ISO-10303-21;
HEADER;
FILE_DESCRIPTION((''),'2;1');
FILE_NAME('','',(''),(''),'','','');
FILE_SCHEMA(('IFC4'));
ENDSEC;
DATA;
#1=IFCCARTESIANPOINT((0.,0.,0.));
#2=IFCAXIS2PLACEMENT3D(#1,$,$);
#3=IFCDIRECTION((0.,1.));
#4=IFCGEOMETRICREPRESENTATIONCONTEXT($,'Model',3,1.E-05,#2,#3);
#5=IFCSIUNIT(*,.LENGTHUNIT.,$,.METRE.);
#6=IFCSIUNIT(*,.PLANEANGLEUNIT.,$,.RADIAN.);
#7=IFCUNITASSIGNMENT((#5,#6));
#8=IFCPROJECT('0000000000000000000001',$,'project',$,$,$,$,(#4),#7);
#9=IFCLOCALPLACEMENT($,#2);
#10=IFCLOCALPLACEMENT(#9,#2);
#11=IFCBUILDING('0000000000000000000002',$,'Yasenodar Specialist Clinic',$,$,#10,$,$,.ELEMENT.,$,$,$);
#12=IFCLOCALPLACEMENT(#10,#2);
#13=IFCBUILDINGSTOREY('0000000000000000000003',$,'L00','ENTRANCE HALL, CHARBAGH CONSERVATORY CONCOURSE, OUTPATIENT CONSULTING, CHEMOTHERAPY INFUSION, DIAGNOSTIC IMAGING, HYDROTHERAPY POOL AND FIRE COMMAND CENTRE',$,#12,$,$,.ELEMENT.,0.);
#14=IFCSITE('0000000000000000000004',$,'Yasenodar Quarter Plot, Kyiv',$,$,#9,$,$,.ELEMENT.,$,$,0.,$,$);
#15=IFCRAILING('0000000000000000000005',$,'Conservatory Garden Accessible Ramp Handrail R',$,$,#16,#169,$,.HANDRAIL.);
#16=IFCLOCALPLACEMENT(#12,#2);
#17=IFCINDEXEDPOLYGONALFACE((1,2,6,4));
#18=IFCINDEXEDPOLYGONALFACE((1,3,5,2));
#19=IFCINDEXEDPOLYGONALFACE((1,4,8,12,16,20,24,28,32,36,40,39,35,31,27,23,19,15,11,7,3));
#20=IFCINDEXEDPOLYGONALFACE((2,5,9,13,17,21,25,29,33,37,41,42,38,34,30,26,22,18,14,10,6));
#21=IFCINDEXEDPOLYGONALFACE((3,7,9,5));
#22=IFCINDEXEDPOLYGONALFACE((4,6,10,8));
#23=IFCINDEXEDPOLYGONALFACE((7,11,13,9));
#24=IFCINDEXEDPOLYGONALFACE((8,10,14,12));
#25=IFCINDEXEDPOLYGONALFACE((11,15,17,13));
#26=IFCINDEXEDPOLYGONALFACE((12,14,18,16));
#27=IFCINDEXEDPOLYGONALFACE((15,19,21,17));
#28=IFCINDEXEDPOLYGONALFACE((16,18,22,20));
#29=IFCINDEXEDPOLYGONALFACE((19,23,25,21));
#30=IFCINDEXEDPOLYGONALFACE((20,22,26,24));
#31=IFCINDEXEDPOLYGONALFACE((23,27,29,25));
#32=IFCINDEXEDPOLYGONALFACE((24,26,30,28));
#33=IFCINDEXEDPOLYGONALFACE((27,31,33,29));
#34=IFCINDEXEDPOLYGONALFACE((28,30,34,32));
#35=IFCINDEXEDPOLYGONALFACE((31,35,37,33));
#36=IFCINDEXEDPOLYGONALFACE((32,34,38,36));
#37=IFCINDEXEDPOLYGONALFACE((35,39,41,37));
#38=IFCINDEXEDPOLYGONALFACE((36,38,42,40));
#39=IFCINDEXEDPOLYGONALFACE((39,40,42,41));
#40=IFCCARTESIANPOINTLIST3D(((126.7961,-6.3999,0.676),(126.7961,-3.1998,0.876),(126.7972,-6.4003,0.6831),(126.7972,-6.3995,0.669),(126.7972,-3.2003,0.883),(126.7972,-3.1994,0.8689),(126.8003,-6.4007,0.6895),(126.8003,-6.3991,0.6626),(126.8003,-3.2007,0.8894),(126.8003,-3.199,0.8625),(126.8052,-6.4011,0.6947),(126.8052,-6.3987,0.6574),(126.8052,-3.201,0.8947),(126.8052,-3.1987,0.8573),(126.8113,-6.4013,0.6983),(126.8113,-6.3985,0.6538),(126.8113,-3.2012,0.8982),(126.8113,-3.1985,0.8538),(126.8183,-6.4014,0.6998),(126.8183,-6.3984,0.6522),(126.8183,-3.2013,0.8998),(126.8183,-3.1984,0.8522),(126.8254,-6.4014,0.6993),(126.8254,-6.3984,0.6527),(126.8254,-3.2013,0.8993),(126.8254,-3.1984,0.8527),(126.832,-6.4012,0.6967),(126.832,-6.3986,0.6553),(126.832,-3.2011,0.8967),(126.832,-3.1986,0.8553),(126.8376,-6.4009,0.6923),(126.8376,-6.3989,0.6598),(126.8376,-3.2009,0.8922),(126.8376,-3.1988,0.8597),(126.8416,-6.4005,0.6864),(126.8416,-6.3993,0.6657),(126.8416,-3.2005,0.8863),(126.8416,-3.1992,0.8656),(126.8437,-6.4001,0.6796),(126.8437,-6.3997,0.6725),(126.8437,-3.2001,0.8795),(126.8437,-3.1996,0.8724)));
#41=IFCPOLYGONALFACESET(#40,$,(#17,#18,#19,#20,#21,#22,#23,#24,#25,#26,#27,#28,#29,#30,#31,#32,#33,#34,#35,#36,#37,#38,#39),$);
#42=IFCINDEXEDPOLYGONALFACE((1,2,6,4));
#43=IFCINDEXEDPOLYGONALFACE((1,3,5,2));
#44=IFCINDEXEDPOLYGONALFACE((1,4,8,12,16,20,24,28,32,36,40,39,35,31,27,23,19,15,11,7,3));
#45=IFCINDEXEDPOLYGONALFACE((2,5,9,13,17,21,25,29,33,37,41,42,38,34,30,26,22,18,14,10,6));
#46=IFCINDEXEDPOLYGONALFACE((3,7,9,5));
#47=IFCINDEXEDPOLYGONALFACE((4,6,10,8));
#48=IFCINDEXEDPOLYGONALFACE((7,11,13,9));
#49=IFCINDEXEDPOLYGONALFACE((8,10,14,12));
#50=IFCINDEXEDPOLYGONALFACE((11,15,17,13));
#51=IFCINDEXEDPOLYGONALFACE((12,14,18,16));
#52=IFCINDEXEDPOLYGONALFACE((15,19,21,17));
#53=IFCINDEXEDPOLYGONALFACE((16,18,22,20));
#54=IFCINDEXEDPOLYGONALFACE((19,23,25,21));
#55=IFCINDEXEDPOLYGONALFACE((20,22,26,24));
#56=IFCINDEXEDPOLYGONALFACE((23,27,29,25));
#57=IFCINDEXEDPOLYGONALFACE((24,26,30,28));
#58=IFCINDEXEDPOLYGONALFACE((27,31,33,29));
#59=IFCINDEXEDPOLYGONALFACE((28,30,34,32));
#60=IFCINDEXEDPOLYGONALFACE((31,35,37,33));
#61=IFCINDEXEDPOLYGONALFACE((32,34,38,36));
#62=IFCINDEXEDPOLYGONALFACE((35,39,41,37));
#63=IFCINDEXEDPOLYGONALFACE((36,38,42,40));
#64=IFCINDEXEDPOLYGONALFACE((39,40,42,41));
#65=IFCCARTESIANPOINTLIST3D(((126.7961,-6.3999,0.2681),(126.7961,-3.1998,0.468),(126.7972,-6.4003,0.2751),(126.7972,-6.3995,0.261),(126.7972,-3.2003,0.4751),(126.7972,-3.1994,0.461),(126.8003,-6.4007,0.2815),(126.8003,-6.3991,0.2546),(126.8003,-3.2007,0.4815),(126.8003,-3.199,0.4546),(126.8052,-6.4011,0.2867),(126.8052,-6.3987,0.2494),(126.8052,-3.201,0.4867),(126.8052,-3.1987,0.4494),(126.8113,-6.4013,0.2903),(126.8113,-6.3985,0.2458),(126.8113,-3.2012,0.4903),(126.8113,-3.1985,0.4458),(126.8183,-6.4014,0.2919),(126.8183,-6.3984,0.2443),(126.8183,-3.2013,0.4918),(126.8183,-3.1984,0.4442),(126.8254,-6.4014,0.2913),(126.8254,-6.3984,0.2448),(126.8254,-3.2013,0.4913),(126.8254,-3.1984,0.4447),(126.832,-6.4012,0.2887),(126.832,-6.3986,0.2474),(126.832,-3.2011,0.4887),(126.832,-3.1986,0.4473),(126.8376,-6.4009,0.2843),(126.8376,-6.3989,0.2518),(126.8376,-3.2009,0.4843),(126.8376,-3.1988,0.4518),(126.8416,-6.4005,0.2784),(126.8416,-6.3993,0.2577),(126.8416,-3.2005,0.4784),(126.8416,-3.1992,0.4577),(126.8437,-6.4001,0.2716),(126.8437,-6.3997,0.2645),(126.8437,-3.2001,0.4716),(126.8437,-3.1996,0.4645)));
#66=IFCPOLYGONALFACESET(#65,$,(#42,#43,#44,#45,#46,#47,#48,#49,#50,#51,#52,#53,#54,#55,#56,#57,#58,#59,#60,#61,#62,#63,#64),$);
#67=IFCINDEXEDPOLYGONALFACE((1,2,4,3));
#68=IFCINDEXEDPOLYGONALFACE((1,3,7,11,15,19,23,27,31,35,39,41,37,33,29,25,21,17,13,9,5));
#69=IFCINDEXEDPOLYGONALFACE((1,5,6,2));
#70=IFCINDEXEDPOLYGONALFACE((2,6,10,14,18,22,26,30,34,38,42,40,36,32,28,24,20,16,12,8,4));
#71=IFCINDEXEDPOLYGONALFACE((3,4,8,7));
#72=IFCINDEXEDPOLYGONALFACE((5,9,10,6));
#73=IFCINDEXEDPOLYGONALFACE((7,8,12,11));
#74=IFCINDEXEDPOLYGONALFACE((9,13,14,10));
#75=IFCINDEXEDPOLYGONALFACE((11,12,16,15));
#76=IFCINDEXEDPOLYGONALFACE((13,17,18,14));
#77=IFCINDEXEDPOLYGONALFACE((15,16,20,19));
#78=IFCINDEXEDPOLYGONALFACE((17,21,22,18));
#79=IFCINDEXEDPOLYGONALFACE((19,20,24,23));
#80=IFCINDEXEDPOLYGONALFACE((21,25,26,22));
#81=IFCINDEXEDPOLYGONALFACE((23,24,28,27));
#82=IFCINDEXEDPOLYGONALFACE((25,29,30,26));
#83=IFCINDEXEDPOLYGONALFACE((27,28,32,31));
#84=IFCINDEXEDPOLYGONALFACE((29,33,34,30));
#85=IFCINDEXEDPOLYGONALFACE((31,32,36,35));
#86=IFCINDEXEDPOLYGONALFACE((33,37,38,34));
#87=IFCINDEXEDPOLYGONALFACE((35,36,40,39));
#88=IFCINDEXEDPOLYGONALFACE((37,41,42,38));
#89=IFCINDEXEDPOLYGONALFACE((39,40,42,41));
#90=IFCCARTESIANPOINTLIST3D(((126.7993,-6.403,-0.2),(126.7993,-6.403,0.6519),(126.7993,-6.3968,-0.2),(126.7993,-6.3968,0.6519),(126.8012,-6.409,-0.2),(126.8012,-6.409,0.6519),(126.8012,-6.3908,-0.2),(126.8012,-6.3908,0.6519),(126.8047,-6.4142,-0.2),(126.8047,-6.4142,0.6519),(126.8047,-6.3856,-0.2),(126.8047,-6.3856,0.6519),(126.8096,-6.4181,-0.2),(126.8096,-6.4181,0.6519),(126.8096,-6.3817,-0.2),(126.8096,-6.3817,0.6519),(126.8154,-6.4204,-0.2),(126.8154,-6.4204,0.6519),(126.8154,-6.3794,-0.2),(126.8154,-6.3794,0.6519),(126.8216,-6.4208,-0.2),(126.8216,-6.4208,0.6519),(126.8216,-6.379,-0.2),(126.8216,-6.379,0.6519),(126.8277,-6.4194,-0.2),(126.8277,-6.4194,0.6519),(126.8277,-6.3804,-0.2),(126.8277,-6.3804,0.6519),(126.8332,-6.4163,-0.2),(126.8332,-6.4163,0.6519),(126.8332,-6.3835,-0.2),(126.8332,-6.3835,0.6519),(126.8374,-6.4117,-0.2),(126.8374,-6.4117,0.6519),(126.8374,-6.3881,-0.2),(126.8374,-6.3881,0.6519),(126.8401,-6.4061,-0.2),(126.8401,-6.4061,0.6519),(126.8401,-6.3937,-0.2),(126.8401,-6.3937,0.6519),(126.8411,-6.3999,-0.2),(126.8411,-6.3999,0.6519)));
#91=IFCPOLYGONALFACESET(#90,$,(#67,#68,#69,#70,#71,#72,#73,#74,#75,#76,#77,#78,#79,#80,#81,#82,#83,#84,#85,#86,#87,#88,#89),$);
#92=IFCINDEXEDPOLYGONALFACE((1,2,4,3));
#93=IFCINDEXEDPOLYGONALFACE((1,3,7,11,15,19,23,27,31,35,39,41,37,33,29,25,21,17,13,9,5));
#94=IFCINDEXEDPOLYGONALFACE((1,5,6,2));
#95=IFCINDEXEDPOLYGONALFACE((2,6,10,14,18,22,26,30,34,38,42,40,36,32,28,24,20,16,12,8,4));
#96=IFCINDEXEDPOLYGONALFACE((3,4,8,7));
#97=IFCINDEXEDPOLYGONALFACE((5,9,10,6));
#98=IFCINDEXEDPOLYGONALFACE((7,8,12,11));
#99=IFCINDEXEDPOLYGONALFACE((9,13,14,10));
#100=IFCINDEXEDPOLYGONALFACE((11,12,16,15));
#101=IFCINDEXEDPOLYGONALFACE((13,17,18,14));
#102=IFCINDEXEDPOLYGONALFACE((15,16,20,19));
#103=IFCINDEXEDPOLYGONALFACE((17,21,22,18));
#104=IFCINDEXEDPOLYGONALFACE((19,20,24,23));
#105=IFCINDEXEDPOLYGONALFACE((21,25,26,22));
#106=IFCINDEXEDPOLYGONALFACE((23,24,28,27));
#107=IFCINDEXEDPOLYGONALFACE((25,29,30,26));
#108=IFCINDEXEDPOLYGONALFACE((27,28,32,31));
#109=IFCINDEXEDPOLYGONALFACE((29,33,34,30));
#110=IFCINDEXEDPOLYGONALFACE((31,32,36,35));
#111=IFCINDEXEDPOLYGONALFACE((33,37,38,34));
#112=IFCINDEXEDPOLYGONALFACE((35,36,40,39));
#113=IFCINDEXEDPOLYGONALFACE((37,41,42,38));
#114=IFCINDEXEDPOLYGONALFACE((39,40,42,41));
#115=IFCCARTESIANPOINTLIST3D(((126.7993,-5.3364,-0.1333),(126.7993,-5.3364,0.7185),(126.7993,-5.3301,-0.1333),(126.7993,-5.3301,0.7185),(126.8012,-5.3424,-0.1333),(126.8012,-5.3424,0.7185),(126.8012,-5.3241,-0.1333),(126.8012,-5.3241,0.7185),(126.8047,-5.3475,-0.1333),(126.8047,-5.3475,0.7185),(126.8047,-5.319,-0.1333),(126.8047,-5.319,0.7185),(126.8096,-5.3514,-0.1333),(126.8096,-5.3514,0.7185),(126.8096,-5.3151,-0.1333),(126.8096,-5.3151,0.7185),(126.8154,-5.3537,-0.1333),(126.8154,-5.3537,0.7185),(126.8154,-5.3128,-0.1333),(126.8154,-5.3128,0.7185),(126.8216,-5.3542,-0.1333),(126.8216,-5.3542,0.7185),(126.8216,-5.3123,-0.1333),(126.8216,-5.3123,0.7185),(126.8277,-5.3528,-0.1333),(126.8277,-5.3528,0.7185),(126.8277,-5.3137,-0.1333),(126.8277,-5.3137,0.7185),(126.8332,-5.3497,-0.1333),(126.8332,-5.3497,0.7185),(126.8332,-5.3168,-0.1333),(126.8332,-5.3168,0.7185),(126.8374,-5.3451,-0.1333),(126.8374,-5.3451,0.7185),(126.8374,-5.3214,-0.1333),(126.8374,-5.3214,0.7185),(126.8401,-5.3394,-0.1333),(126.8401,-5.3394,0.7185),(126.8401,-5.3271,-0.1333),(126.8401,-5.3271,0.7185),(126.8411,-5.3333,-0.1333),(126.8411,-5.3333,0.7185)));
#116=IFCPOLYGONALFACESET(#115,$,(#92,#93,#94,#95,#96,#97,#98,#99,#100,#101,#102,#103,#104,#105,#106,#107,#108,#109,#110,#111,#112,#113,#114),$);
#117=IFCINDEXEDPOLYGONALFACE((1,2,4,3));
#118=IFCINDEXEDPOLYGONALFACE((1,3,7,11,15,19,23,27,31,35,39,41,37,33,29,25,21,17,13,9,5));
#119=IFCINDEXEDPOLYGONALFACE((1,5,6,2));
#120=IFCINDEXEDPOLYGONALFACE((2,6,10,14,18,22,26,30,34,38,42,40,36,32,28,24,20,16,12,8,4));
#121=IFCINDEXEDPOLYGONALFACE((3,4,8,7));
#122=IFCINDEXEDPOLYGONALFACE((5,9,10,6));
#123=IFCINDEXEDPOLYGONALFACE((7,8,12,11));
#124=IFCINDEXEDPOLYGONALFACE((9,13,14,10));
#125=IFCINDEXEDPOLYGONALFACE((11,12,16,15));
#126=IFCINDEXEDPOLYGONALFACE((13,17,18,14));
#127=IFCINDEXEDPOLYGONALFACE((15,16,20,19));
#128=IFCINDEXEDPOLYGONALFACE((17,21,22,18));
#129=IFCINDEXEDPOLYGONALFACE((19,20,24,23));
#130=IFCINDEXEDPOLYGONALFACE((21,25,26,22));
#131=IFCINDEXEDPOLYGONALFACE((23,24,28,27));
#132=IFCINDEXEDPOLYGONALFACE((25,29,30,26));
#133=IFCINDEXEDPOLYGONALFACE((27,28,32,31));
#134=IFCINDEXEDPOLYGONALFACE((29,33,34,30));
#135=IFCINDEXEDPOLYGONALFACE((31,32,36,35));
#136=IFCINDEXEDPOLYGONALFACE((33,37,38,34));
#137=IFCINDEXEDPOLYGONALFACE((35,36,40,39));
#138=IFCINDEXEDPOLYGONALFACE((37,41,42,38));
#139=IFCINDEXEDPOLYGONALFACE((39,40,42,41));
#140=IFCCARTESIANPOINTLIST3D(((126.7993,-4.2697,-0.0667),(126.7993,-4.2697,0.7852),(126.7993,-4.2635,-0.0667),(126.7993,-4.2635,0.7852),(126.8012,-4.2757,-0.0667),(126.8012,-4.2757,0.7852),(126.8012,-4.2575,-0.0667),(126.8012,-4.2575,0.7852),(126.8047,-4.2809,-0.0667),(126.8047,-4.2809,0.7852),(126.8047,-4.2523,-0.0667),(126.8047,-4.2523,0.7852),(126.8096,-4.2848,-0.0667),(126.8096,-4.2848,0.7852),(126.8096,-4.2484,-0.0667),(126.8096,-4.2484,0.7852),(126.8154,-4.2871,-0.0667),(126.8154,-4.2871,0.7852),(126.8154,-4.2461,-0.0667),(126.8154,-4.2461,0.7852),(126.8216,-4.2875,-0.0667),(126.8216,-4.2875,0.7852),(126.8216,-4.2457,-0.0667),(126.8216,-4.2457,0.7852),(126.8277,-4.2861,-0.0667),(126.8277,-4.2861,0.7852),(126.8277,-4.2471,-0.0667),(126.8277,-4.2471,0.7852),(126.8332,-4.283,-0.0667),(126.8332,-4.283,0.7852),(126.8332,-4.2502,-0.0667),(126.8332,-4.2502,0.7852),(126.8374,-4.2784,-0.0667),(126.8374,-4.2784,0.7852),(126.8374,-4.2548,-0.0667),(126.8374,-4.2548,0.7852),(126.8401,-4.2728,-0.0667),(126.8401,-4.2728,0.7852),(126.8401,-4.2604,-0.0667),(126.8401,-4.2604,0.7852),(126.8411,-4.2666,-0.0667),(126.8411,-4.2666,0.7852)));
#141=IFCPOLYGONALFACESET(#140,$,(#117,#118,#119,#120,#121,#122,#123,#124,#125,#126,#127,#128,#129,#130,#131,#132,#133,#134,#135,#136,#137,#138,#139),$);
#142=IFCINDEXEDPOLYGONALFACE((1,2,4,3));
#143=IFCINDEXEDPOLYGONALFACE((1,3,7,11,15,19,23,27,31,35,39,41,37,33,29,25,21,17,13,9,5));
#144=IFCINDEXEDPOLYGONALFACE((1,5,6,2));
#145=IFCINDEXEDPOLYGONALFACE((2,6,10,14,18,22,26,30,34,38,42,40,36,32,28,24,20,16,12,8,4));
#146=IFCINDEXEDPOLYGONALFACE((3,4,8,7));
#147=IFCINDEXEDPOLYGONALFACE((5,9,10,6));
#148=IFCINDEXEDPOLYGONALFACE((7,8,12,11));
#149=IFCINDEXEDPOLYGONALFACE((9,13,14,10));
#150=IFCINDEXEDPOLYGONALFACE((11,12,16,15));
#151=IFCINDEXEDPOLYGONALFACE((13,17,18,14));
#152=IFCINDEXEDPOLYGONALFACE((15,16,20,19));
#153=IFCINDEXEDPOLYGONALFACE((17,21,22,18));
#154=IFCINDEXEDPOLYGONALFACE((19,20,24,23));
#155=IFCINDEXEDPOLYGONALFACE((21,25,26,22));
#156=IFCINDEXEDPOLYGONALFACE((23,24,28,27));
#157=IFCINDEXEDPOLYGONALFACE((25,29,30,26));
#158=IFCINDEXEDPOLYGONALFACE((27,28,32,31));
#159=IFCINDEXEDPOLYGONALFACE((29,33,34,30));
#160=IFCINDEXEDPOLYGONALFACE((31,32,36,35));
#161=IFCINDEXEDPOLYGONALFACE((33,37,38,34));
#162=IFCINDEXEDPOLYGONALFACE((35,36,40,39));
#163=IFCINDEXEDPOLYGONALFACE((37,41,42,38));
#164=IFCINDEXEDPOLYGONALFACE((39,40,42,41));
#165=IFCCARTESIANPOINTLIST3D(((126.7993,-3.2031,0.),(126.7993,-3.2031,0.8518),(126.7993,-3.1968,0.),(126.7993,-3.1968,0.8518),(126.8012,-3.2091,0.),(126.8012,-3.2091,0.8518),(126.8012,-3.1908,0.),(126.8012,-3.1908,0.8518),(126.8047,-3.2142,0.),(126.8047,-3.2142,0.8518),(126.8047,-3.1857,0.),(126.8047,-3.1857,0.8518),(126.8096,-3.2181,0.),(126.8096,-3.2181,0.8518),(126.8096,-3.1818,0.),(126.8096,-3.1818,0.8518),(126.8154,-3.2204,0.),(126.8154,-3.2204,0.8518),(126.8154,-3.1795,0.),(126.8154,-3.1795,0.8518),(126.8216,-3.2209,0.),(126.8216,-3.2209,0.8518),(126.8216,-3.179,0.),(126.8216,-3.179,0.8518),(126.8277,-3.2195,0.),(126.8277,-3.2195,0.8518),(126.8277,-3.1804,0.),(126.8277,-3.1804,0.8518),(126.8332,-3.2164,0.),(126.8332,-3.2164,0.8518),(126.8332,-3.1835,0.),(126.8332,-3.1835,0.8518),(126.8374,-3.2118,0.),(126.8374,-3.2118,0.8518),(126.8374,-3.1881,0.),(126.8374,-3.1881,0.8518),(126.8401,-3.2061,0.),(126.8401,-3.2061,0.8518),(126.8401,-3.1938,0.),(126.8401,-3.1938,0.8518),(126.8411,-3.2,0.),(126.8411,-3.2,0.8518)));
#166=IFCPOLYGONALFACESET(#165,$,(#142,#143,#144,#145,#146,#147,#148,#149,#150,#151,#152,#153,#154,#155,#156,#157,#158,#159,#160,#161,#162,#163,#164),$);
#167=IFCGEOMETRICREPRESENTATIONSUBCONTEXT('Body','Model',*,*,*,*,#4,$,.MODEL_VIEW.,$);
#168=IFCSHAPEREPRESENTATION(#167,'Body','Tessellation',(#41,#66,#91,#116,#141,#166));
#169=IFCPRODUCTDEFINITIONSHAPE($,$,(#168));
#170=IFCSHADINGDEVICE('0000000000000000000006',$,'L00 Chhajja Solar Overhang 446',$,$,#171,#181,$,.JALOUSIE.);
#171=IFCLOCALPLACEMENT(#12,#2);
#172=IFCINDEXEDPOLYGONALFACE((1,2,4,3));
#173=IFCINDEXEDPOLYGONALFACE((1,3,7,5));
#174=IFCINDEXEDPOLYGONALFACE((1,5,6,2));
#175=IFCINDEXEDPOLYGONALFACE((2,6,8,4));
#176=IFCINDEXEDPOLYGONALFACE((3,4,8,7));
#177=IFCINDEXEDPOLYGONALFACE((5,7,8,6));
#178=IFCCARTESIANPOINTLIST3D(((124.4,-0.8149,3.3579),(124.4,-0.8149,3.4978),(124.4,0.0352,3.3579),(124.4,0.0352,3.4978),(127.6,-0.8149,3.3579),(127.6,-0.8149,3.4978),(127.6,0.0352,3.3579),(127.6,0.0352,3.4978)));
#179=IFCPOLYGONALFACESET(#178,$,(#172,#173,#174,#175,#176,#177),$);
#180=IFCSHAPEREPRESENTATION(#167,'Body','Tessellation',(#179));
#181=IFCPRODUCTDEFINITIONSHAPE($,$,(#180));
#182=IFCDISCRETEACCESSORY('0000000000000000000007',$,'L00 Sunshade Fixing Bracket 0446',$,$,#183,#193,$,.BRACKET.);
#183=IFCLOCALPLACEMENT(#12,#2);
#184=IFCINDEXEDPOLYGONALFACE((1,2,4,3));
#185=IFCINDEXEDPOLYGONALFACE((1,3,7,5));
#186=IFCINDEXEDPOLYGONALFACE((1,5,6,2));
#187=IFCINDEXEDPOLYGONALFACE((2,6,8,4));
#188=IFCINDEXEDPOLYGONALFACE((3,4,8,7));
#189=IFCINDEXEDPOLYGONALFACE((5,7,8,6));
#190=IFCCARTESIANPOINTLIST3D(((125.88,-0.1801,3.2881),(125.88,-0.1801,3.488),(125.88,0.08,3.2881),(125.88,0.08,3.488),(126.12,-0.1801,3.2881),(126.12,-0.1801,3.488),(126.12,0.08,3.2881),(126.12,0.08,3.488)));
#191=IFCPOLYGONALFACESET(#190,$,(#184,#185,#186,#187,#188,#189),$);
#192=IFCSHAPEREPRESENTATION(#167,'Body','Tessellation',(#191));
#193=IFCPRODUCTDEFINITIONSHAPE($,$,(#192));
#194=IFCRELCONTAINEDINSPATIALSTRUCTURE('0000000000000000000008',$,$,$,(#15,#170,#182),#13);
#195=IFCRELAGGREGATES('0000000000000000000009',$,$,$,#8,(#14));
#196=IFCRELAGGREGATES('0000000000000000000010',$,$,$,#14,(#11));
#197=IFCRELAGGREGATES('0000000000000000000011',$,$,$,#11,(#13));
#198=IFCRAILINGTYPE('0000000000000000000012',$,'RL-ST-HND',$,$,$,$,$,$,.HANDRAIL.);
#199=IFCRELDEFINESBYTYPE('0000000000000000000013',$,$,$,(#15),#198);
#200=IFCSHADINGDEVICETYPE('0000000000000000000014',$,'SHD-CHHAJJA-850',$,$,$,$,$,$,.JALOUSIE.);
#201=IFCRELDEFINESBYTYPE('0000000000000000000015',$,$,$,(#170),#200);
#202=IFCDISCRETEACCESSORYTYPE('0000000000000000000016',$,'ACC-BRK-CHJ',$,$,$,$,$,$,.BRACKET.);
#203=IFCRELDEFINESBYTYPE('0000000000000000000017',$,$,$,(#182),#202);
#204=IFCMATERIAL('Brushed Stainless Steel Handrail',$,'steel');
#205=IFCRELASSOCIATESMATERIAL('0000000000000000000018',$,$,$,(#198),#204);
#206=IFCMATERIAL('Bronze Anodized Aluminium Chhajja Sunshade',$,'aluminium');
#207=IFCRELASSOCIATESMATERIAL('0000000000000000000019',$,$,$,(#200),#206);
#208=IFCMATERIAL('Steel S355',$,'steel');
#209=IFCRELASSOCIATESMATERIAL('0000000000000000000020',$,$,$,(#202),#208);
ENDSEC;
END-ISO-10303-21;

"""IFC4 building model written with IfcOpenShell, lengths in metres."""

from ifc_helpers import new_model, si_unit, direction, frame, origin, origin_2d, place, context, subcontext, project, spatial, rectangle, circle, extrude, material, type_object, element, save


model = new_model("IFC4")

# Units and contexts
model_context = context("Model", 3, precision=1e-05, world=origin(), true_north=direction((0.0, 1.0)))
body_context = subcontext(model_context, "Body", "Model", "MODEL_VIEW")
ifc_project = project(units=[si_unit("LENGTHUNIT", "METRE"), si_unit("PLANEANGLEUNIT", "RADIAN")], contexts=[model_context])

# Site, building, storey
site_placement = place(None, origin())
site = spatial("IfcSite", under=ifc_project, at=site_placement, Name="Yasenodar Quarter Plot, Kyiv", CompositionType="ELEMENT", RefElevation=0.0)
building_placement = place(site_placement, origin())
building = spatial("IfcBuilding", under=site, at=building_placement, Name="Yasenodar Specialist Clinic", CompositionType="ELEMENT")
storey_placement = place(building_placement, origin())
storey = spatial("IfcBuildingStorey", under=building, at=storey_placement, Name="L00", Description="ENTRANCE HALL, CHARBAGH CONSERVATORY CONCOURSE, OUTPATIENT CONSULTING, CHEMOTHERAPY INFUSION, DIAGNOSTIC IMAGING, HYDROTHERAPY POOL AND FIRE COMMAND CENTRE", CompositionType="ELEMENT", Elevation=0.0)

# Shared definitions
ifc_material_1 = material(Name="Steel S355", Category="steel")

# Railing
ifc_material_2 = material(Name="Brushed Stainless Steel Handrail", Category="steel")
railing_type = type_object("IfcRailingType", Name="RL-ST-HND", PredefinedType="HANDRAIL", material=ifc_material_2)
for number, where, name in (
    (1, (126.8201, -6.3999, -0.2), "Conservatory Garden Accessible Ramp Handrail R"),
):
    element("IfcRailing", number, at=place(storey_placement, frame(where)), inside=storey, type_object=railing_type, Name=name, PredefinedType="HANDRAIL", context=body_context, shape_type="SweptSolid", body=[
        extrude(circle(Radius=0.0239, at=origin_2d()), frame((0.0, 0.0, 0.876), z_axis=(0.0, 0.998053, 0.062364), x_axis=(-1.0, 0.0, 0.0)), (0.0, 0.0, 1.0), 3.2063),
        extrude(circle(Radius=0.0239, at=origin_2d()), frame((0.0, 0.0, 0.468), z_axis=(0.0, 0.998053, 0.062364), x_axis=(-1.0, 0.0, 0.0)), (0.0, 0.0, 1.0), 3.2063),
        extrude(circle(Radius=0.021, at=origin_2d()), origin(), (0.0, 0.0, 1.0), 0.8518),
        extrude(circle(Radius=0.021, at=origin_2d()), frame((0.0, 1.0667, 0.0667)), (0.0, 0.0, 1.0), 0.8518),
        extrude(circle(Radius=0.021, at=origin_2d()), frame((0.0, 2.1333, 0.1333)), (0.0, 0.0, 1.0), 0.8518),
        extrude(circle(Radius=0.021, at=origin_2d()), frame((0.0, 3.2, 0.2)), (0.0, 0.0, 1.0), 0.8518),
    ])

# Shading device
ifc_material_3 = material(Name="Bronze Anodized Aluminium Chhajja Sunshade", Category="aluminium")
shading_device_type = type_object("IfcShadingDeviceType", Name="SHD-CHHAJJA-850", PredefinedType="JALOUSIE", material=ifc_material_3)
shading_device_placement = place(storey_placement, frame((126.0, -0.3899, 3.3579), z_axis=(0.0, 0.0, 1.0), x_axis=(-1.0, 0.0, 0.0)))
element("IfcShadingDevice", 2, at=shading_device_placement, inside=storey, type_object=shading_device_type, Name="L00 Chhajja Solar Overhang 446", PredefinedType="JALOUSIE", context=body_context, shape_type="SweptSolid", body=[
    extrude(rectangle(XDim=3.2, YDim=0.8501, at=origin_2d()), origin(), (0.0, 0.0, 1.0), 0.1399),
])

# Discrete accessory
discrete_accessory_type = type_object("IfcDiscreteAccessoryType", Name="ACC-BRK-CHJ", PredefinedType="BRACKET", material=ifc_material_1)
discrete_accessory_placement = place(storey_placement, frame((126.0, -0.05, 3.2881), z_axis=(0.0, 0.0, 1.0), x_axis=(-1.0, 0.0, 0.0)))
element("IfcDiscreteAccessory", 3, at=discrete_accessory_placement, inside=storey, type_object=discrete_accessory_type, Name="L00 Sunshade Fixing Bracket 0446", PredefinedType="BRACKET", context=body_context, shape_type="SweptSolid", body=[
    extrude(rectangle(XDim=0.24, YDim=0.26, at=origin_2d()), origin(), (0.0, 0.0, 1.0), 0.2),
])

save(model, "model.ifc")
